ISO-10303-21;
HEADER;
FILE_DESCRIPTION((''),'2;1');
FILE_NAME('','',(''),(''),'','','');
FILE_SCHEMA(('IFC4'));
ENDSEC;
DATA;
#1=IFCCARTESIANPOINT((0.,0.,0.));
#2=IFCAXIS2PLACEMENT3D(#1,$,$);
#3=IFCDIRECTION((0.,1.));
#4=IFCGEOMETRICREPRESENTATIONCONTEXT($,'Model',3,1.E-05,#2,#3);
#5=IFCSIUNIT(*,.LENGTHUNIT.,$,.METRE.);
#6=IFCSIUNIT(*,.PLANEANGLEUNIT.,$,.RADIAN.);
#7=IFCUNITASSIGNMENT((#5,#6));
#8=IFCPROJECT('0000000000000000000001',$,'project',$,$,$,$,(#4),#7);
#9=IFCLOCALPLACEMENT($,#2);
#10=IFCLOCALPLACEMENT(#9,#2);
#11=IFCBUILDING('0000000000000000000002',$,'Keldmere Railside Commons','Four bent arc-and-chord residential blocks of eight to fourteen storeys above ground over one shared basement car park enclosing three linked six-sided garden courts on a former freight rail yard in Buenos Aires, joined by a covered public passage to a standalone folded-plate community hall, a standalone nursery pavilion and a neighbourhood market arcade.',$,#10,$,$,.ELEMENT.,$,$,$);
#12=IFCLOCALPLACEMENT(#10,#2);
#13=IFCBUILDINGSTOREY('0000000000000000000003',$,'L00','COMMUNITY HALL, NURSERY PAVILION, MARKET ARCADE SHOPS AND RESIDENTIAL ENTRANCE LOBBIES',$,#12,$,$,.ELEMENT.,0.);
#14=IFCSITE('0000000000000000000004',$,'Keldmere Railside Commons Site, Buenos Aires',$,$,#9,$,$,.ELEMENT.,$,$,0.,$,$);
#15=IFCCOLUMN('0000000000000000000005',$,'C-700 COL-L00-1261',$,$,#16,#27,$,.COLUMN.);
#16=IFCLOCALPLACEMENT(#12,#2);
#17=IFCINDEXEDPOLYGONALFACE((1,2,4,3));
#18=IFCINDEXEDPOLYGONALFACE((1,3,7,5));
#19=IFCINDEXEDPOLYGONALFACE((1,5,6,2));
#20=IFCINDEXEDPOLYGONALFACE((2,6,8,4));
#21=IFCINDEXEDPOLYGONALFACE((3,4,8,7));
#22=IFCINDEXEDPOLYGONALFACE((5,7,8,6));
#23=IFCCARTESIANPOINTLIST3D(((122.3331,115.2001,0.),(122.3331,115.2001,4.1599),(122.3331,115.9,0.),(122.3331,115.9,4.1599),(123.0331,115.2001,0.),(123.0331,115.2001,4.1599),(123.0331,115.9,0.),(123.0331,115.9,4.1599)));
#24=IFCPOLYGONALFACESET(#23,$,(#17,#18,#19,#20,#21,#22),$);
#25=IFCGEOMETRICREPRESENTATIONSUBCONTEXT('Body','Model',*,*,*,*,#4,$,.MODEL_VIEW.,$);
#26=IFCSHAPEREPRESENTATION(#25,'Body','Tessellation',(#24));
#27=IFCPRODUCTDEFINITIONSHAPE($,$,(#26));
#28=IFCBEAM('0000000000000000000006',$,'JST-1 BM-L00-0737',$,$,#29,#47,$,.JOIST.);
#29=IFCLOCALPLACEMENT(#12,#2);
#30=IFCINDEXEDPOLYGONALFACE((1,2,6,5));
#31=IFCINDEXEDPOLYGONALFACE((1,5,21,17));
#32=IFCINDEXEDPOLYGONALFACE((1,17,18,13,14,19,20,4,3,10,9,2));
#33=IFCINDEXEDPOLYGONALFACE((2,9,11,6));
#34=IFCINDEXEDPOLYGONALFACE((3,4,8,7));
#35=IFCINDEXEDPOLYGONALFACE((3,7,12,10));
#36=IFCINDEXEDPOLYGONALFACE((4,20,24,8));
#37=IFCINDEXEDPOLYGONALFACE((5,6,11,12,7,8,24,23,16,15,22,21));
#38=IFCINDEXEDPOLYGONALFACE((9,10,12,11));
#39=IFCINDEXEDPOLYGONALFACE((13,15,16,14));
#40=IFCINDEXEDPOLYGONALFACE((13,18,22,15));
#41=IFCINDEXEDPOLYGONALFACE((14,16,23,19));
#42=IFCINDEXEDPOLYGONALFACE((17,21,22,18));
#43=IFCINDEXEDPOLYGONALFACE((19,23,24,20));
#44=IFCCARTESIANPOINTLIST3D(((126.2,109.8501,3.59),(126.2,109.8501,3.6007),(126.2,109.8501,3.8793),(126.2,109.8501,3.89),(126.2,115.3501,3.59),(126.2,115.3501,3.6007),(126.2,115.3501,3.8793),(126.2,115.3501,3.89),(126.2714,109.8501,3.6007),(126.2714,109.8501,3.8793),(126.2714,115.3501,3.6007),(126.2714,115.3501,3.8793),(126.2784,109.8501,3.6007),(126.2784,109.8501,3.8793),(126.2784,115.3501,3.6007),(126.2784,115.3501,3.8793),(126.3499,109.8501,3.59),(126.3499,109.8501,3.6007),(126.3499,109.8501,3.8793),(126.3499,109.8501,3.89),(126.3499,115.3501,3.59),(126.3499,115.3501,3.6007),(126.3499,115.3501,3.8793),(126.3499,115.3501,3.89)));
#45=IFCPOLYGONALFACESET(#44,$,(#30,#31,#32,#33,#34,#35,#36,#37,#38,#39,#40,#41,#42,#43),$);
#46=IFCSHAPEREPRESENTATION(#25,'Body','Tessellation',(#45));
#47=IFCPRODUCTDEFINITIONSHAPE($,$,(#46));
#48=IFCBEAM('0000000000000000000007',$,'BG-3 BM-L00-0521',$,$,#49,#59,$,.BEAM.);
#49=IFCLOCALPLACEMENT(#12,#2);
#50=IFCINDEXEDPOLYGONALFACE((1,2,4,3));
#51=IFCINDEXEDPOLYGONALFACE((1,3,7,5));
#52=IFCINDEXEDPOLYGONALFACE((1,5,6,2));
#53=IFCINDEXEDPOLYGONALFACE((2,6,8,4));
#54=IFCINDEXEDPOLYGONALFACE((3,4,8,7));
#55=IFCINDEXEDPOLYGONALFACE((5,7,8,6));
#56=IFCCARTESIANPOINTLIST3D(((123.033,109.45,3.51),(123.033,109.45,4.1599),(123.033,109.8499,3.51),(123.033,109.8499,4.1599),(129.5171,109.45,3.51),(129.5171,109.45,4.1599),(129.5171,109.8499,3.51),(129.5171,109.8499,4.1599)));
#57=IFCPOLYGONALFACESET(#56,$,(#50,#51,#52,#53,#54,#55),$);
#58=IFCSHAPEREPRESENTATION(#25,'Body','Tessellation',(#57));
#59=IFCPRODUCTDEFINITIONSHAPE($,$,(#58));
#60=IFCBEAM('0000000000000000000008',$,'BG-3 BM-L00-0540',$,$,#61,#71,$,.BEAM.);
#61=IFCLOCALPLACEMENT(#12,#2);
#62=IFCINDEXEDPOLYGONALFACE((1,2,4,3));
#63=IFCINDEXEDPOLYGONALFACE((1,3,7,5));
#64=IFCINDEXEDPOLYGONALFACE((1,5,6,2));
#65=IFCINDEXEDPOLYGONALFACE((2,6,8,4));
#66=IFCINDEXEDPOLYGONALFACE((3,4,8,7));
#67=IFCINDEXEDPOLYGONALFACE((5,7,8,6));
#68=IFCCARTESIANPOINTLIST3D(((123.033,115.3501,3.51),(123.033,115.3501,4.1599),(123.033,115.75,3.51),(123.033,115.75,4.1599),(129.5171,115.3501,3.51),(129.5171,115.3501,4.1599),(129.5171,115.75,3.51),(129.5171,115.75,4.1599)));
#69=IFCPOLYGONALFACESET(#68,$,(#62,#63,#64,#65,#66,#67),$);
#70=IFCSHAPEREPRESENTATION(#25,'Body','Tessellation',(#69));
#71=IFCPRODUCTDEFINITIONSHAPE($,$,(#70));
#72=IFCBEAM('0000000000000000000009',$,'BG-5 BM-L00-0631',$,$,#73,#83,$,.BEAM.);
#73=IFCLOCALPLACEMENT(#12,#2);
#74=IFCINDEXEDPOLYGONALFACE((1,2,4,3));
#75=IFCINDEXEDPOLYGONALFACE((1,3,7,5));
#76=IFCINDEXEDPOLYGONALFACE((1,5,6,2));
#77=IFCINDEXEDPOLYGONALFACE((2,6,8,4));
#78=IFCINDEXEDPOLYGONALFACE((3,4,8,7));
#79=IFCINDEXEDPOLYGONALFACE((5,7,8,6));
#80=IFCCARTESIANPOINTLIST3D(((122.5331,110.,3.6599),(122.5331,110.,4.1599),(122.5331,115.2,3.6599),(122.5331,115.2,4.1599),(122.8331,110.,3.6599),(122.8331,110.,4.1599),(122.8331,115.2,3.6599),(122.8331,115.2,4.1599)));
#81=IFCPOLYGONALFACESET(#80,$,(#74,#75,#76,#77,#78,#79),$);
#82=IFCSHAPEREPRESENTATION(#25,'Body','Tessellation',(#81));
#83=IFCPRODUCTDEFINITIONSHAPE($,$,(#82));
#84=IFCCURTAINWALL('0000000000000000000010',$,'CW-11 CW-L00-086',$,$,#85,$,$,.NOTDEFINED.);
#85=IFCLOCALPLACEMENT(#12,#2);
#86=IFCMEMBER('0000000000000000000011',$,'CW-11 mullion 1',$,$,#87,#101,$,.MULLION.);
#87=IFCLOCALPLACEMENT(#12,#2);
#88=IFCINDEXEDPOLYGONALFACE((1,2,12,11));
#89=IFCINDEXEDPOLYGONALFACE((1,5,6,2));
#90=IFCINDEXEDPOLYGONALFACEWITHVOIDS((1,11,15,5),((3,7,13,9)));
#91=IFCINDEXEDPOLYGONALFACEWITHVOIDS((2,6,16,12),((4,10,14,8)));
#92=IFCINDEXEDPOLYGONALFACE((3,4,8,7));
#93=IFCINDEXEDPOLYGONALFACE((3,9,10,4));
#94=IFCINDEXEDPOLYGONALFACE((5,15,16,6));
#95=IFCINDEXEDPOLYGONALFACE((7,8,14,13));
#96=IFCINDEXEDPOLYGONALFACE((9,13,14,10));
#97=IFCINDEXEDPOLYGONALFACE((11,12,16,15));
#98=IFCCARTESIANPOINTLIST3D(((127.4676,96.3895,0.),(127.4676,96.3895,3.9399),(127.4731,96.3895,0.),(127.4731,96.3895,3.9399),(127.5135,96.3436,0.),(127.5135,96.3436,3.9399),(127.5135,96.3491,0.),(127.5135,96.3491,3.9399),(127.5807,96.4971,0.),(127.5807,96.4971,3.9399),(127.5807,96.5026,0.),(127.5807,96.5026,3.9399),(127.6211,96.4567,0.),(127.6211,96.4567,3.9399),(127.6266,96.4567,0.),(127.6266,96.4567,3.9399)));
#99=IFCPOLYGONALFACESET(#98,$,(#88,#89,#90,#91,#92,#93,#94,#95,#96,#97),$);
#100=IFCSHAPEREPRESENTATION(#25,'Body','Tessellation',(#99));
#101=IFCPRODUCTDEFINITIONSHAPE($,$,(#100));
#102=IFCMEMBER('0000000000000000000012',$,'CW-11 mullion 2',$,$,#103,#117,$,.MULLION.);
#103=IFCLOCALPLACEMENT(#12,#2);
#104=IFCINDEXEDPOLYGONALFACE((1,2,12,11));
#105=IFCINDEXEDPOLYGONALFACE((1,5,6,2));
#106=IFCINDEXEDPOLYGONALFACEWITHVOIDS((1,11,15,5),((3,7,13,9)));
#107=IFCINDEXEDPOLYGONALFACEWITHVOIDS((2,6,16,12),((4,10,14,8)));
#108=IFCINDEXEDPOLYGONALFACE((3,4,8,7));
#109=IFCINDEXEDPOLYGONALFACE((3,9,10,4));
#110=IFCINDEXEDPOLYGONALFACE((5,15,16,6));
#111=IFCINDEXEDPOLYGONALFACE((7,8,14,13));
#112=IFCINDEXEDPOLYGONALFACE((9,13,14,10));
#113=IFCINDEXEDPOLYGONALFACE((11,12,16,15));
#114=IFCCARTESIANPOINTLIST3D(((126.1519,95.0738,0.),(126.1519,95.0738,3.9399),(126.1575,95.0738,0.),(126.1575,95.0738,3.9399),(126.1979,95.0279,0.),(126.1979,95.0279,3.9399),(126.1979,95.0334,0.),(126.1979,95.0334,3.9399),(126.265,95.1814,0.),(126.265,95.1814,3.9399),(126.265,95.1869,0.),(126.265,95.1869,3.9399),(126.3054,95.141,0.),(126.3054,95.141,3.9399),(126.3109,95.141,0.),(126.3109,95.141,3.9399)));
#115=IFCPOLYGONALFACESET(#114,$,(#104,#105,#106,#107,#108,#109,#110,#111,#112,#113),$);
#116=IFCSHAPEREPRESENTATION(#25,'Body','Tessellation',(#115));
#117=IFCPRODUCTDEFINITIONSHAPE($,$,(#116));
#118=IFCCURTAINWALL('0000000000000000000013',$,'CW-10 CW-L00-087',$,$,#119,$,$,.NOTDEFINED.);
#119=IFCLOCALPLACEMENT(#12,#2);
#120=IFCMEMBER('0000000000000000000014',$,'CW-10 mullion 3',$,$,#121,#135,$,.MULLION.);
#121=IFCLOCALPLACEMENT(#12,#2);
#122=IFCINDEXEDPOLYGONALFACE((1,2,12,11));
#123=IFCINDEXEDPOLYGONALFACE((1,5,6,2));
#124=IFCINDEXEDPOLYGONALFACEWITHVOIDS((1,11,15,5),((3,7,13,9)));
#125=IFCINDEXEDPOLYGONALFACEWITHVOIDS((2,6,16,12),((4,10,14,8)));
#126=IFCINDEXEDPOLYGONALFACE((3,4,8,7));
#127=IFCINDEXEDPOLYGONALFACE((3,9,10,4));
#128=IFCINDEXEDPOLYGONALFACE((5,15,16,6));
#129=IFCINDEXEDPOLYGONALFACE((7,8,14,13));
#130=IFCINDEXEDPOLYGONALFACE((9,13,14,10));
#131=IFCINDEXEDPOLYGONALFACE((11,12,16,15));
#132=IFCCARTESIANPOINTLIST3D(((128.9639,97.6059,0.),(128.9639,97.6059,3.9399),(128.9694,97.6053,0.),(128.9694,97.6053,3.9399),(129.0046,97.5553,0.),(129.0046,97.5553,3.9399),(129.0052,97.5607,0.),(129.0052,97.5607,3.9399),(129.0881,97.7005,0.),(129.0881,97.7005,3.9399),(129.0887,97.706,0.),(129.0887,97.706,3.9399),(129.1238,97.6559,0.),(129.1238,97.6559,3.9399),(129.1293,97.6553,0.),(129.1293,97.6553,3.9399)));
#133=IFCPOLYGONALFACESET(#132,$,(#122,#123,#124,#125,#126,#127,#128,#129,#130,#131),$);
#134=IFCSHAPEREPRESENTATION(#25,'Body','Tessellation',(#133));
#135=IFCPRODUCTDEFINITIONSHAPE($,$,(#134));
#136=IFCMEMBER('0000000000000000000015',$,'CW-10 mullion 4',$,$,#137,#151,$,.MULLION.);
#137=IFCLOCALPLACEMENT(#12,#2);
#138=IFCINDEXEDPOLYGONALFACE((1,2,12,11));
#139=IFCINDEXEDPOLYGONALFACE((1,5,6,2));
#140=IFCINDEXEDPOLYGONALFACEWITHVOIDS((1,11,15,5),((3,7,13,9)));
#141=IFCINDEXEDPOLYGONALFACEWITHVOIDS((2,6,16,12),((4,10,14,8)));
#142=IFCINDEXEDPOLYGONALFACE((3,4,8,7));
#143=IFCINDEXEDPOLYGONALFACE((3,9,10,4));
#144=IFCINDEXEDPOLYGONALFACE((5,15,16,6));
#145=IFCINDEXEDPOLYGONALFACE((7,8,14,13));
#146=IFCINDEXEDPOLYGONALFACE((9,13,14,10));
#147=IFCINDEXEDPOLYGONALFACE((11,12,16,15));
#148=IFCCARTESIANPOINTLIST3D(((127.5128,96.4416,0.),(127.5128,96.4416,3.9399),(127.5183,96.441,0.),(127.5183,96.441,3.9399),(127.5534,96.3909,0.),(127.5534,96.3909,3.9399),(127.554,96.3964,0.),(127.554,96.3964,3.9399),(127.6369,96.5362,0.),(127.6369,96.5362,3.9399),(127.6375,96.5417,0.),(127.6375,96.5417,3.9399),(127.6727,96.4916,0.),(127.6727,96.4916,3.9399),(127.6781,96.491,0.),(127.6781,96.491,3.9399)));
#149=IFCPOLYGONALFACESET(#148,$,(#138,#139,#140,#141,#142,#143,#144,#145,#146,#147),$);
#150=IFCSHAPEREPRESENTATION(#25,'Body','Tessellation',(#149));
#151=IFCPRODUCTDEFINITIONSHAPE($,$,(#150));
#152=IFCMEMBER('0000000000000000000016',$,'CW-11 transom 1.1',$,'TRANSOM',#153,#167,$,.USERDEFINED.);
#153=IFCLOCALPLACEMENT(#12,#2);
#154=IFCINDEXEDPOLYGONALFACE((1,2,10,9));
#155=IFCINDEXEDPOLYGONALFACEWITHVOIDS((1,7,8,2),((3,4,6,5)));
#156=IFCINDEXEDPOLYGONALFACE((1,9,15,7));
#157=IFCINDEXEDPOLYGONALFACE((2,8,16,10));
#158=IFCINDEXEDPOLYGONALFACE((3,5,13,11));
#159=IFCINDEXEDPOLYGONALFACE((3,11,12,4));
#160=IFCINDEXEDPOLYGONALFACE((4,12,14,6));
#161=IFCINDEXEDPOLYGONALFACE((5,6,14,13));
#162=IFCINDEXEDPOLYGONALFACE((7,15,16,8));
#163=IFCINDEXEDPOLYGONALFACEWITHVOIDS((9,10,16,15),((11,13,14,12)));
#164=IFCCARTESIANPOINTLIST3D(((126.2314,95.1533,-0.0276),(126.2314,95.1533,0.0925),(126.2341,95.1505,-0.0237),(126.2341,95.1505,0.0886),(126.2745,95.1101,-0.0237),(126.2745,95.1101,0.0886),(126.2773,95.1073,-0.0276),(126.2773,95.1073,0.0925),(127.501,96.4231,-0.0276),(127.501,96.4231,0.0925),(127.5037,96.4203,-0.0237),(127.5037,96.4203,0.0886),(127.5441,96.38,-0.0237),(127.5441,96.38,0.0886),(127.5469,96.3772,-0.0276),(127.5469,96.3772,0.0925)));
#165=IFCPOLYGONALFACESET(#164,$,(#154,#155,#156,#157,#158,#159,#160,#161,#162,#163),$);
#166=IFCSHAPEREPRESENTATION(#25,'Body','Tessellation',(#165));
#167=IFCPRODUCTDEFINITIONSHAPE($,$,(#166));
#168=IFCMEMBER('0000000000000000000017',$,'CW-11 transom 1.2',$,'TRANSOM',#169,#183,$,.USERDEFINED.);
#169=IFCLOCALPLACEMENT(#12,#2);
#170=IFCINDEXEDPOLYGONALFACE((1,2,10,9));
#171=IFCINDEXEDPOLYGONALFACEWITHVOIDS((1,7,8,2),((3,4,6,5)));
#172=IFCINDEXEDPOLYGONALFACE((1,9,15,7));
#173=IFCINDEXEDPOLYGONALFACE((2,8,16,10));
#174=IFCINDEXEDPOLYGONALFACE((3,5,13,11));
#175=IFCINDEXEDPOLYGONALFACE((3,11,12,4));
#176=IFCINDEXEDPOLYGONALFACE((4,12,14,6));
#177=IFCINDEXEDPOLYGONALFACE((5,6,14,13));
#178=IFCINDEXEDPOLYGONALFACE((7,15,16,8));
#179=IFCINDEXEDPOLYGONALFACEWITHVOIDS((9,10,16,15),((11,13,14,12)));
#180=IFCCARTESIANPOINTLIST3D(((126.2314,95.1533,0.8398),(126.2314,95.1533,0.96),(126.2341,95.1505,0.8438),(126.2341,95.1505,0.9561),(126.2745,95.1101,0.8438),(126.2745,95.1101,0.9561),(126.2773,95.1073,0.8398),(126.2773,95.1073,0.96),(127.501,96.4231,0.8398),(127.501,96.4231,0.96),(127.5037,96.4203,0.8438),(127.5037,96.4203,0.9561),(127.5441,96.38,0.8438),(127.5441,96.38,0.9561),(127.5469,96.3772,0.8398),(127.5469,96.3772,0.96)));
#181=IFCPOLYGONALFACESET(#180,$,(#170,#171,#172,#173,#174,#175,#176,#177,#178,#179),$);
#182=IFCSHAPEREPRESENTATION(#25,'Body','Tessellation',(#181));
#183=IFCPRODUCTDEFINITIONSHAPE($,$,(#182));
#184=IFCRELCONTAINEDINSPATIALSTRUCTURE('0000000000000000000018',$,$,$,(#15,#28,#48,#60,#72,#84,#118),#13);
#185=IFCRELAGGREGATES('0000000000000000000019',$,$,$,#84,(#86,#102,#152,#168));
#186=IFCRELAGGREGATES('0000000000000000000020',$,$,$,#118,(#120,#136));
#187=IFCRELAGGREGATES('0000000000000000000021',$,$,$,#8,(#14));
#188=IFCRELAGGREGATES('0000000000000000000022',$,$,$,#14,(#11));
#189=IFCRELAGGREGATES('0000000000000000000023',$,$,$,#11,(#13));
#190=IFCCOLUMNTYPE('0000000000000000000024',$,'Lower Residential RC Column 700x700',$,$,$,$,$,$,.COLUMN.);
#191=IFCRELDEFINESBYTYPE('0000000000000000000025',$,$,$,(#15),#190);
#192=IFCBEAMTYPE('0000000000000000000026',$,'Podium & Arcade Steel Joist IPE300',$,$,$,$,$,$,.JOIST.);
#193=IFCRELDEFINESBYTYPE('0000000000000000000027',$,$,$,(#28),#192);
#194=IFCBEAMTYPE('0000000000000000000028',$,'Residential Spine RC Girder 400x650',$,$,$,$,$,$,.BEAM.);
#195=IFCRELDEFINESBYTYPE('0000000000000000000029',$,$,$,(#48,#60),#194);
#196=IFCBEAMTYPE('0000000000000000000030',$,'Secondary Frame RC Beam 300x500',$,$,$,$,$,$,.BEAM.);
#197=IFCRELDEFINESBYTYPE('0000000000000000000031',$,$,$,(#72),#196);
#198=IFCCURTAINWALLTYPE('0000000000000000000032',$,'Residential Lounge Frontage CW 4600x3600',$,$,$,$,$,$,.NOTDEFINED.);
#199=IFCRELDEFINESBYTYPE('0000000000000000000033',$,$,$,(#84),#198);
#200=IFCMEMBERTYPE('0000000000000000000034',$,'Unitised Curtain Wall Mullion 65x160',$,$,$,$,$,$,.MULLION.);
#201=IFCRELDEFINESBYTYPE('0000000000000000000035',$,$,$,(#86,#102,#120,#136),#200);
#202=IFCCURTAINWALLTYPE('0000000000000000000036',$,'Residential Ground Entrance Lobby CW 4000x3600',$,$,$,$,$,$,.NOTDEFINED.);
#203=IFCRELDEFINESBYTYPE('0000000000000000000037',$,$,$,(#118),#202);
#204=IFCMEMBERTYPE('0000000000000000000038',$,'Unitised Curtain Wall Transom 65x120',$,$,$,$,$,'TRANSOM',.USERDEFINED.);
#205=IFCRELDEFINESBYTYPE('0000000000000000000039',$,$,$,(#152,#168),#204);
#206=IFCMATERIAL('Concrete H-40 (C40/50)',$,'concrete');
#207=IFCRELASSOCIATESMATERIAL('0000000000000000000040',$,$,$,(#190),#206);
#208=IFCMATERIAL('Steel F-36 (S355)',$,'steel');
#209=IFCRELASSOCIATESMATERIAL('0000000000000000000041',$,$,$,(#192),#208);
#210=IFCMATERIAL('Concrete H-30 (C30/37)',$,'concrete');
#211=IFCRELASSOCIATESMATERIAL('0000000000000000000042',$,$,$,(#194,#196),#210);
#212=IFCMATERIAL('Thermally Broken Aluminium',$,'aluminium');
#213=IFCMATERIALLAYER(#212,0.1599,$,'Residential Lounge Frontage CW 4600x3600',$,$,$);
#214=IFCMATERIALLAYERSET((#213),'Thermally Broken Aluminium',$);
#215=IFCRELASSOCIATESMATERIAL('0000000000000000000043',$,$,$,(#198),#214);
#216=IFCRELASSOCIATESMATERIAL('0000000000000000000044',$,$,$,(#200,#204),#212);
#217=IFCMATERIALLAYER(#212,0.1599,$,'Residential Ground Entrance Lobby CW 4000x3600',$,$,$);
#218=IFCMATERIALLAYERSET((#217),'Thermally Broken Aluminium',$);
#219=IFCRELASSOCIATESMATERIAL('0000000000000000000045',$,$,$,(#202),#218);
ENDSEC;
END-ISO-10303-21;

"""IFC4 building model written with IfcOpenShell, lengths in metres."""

from ifc_helpers import new_model, si_unit, direction, frame, origin, origin_2d, place, context, subcontext, project, spatial, rectangle, hollow_rectangle, i_section, extrude, material, layer, layer_set, material_profile, profile_set, type_object, element, aggregate, save


model = new_model("IFC4")

# Units and contexts
model_context = context("Model", 3, precision=1e-05, world=origin(), true_north=direction((0.0, 1.0)))
body_context = subcontext(model_context, "Body", "Model", "MODEL_VIEW")
ifc_project = project(units=[si_unit("LENGTHUNIT", "METRE"), si_unit("PLANEANGLEUNIT", "RADIAN")], contexts=[model_context])

# Site, building, storey
site_placement = place(None, origin())
site = spatial("IfcSite", under=ifc_project, at=site_placement, Name="Keldmere Railside Commons Site, Buenos Aires", CompositionType="ELEMENT", RefElevation=0.0)
building_placement = place(site_placement, origin())
building = spatial("IfcBuilding", under=site, at=building_placement, Name="Keldmere Railside Commons", Description="Four bent arc-and-chord residential blocks of eight to fourteen storeys above ground over one shared basement car park enclosing three linked six-sided garden courts on a former freight rail yard in Buenos Aires, joined by a covered public passage to a standalone folded-plate community hall, a standalone nursery pavilion and a neighbourhood market arcade.", CompositionType="ELEMENT")
storey_placement = place(building_placement, origin())
storey = spatial("IfcBuildingStorey", under=building, at=storey_placement, Name="L00", Description="COMMUNITY HALL, NURSERY PAVILION, MARKET ARCADE SHOPS AND RESIDENTIAL ENTRANCE LOBBIES", CompositionType="ELEMENT", Elevation=0.0)

# Column
ifc_material_1 = material(Name="Concrete H-40 (C40/50)", Category="concrete")
ifc_material_profile_1 = material_profile(ifc_material_1, rectangle(XDim=0.7, YDim=0.7, at=origin_2d()), Name="RC-700x700")
ifc_profile_set_1 = profile_set([ifc_material_profile_1], Name="Concrete H-40 (C40/50)")
column_type = type_object("IfcColumnType", Name="Lower Residential RC Column 700x700", PredefinedType="COLUMN", material=ifc_profile_set_1)
column_placement = place(storey_placement, frame((122.6831, 115.55, 0.0), z_axis=(0.0, 0.0, 1.0), x_axis=(1.0, 0.0, 0.0)))
element("IfcColumn", 1, at=column_placement, inside=storey, type_object=column_type, Name="C-700 COL-L00-1261", PredefinedType="COLUMN", context=body_context, shape_type="SweptSolid", body=[
    extrude(rectangle(XDim=0.7, YDim=0.7, at=origin_2d()), origin(), (0.0, 0.0, 1.0), 4.1599),
])

# Beams
ifc_material_2 = material(Name="Steel F-36 (S355)", Category="steel")
ifc_material_profile_2 = material_profile(ifc_material_2, i_section(OverallWidth=0.1499, OverallDepth=0.3, WebThickness=0.0071, FlangeThickness=0.0107, at=origin_2d()), Name="IPE-300")
ifc_profile_set_2 = profile_set([ifc_material_profile_2], Name="Steel F-36 (S355)")
beam_type_1 = type_object("IfcBeamType", Name="Podium & Arcade Steel Joist IPE300", PredefinedType="JOIST", material=ifc_profile_set_2)
beam_1_placement = place(storey_placement, frame((126.2749, 109.8501, 3.74), z_axis=(0.0, 1.0, 0.0), x_axis=(-1.0, 0.0, 0.0)))
element("IfcBeam", 2, at=beam_1_placement, inside=storey, type_object=beam_type_1, Name="JST-1 BM-L00-0737", PredefinedType="JOIST", context=body_context, shape_type="SweptSolid", body=[
    extrude(i_section(OverallWidth=0.1499, OverallDepth=0.3, WebThickness=0.0071, FlangeThickness=0.0107, at=origin_2d()), origin(), (0.0, 0.0, 1.0), 5.5),
])
ifc_material_3 = material(Name="Concrete H-30 (C30/37)", Category="concrete")
ifc_material_profile_3 = material_profile(ifc_material_3, rectangle(XDim=0.3999, YDim=0.6499, at=origin_2d()), Name="RC-400x650")
ifc_profile_set_3 = profile_set([ifc_material_profile_3], Name="Concrete H-30 (C30/37)")
beam_type_2 = type_object("IfcBeamType", Name="Residential Spine RC Girder 400x650", PredefinedType="BEAM", material=ifc_profile_set_3)
for number, where, z_axis, x_axis, name in (
    (3, (123.033, 109.6499, 3.835), (1.0, 0.0, 0.0), (0.0, 1.0, 0.0), "BG-3 BM-L00-0521"),
    (4, (123.033, 115.55, 3.835), (1.0, 0.0, 0.0), (0.0, 1.0, 0.0), "BG-3 BM-L00-0540"),
):
    element("IfcBeam", number, at=place(storey_placement, frame(where, z_axis=z_axis, x_axis=x_axis)), inside=storey, type_object=beam_type_2, Name=name, PredefinedType="BEAM", context=body_context, shape_type="SweptSolid", body=[
        extrude(rectangle(XDim=0.3999, YDim=0.6499, at=origin_2d()), origin(), (0.0, 0.0, 1.0), 6.4841),
    ])
ifc_material_profile_4 = material_profile(ifc_material_3, rectangle(XDim=0.3, YDim=0.5, at=origin_2d()), Name="RC-300x500")
ifc_profile_set_4 = profile_set([ifc_material_profile_4], Name="Concrete H-30 (C30/37)")
beam_type_3 = type_object("IfcBeamType", Name="Secondary Frame RC Beam 300x500", PredefinedType="BEAM", material=ifc_profile_set_4)
beam_2_placement = place(storey_placement, frame((122.6831, 110.0, 3.9099), z_axis=(0.0, 1.0, 0.0), x_axis=(-1.0, 0.0, 0.0)))
element("IfcBeam", 5, at=beam_2_placement, inside=storey, type_object=beam_type_3, Name="BG-5 BM-L00-0631", PredefinedType="BEAM", context=body_context, shape_type="SweptSolid", body=[
    extrude(rectangle(XDim=0.3, YDim=0.5, at=origin_2d()), origin(), (0.0, 0.0, 1.0), 5.2),
])

# Curtain walls, members
ifc_material_4 = material(Name="Thermally Broken Aluminium", Category="aluminium")
ifc_layer_1 = layer(ifc_material_4, 0.1599, Name="Residential Lounge Frontage CW 4600x3600")
ifc_layer_set_1 = layer_set([ifc_layer_1], Name="Thermally Broken Aluminium")
curtain_wall_type_1 = type_object("IfcCurtainWallType", Name="Residential Lounge Frontage CW 4600x3600", PredefinedType="NOTDEFINED", material=ifc_layer_set_1)
curtain_wall_1_placement = place(storey_placement, origin())
curtain_wall_1 = element("IfcCurtainWall", 6, at=curtain_wall_1_placement, inside=storey, type_object=curtain_wall_type_1, Name="CW-11 CW-L00-086", PredefinedType="NOTDEFINED")
ifc_material_profile_5 = material_profile(ifc_material_4, hollow_rectangle(XDim=0.0649, YDim=0.1599, WallThickness=0.0039, at=origin_2d()), Name="ALU-MULL-65x160")
ifc_profile_set_5 = profile_set([ifc_material_profile_5], Name="Thermally Broken Aluminium")
member_type_1 = type_object("IfcMemberType", Name="Unitised Curtain Wall Mullion 65x160", PredefinedType="MULLION", material=ifc_profile_set_5)
member_1_placement = place(storey_placement, frame((127.5471, 96.4231, 0.0), z_axis=(0.0, 0.0, 1.0), x_axis=(0.707107, -0.707107, 0.0)))
member_1 = element("IfcMember", 7, at=member_1_placement, type_object=member_type_1, Name="CW-11 mullion 1", PredefinedType="MULLION", context=body_context, shape_type="SweptSolid", body=[
    extrude(hollow_rectangle(XDim=0.0649, YDim=0.1599, WallThickness=0.0039, at=origin_2d()), origin(), (0.0, 0.0, 1.0), 3.9399),
])
member_2_placement = place(storey_placement, frame((126.2314, 95.1074, 0.0), z_axis=(0.0, 0.0, 1.0), x_axis=(0.707107, -0.707107, 0.0)))
member_2 = element("IfcMember", 8, at=member_2_placement, type_object=member_type_1, Name="CW-11 mullion 2", PredefinedType="MULLION", context=body_context, shape_type="SweptSolid", body=[
    extrude(hollow_rectangle(XDim=0.0649, YDim=0.1599, WallThickness=0.0039, at=origin_2d()), origin(), (0.0, 0.0, 1.0), 3.9399),
])
ifc_layer_2 = layer(ifc_material_4, 0.1599, Name="Residential Ground Entrance Lobby CW 4000x3600")
ifc_layer_set_2 = layer_set([ifc_layer_2], Name="Thermally Broken Aluminium")
curtain_wall_type_2 = type_object("IfcCurtainWallType", Name="Residential Ground Entrance Lobby CW 4000x3600", PredefinedType="NOTDEFINED", material=ifc_layer_set_2)
curtain_wall_2_placement = place(storey_placement, origin())
curtain_wall_2 = element("IfcCurtainWall", 9, at=curtain_wall_2_placement, inside=storey, type_object=curtain_wall_type_2, Name="CW-10 CW-L00-087", PredefinedType="NOTDEFINED")
member_3_placement = place(storey_placement, frame((129.0466, 97.6306, 0.0), z_axis=(0.0, 0.0, 1.0), x_axis=(0.625768, -0.780009, 0.0)))
member_3 = element("IfcMember", 10, at=member_3_placement, type_object=member_type_1, Name="CW-10 mullion 3", PredefinedType="MULLION", context=body_context, shape_type="SweptSolid", body=[
    extrude(hollow_rectangle(XDim=0.0649, YDim=0.1599, WallThickness=0.0039, at=origin_2d()), origin(), (0.0, 0.0, 1.0), 3.9399),
])
member_4_placement = place(storey_placement, frame((127.5955, 96.4663, 0.0), z_axis=(0.0, 0.0, 1.0), x_axis=(0.625768, -0.780009, 0.0)))
member_4 = element("IfcMember", 11, at=member_4_placement, type_object=member_type_1, Name="CW-10 mullion 4", PredefinedType="MULLION", context=body_context, shape_type="SweptSolid", body=[
    extrude(hollow_rectangle(XDim=0.0649, YDim=0.1599, WallThickness=0.0039, at=origin_2d()), origin(), (0.0, 0.0, 1.0), 3.9399),
])

# Members
ifc_material_profile_6 = material_profile(ifc_material_4, hollow_rectangle(XDim=0.0649, YDim=0.1201, WallThickness=0.0039, at=origin_2d()), Name="ALU-TRAN-65x120")
ifc_profile_set_6 = profile_set([ifc_material_profile_6], Name="Thermally Broken Aluminium")
member_type_2 = type_object("IfcMemberType", Name="Unitised Curtain Wall Transom 65x120", ElementType="TRANSOM", PredefinedType="USERDEFINED", material=ifc_profile_set_6)
member_5_placement = place(storey_placement, frame((127.5239, 96.4001, 0.0325), z_axis=(-0.707039, -0.707175, 0.0), x_axis=(0.707175, -0.707039, 0.0)))
member_5 = element("IfcMember", 12, at=member_5_placement, type_object=member_type_2, Name="CW-11 transom 1.1", ObjectType="TRANSOM", PredefinedType="USERDEFINED", context=body_context, shape_type="SweptSolid", body=[
    extrude(hollow_rectangle(XDim=0.0649, YDim=0.1201, WallThickness=0.0039, at=origin_2d()), origin(), (0.0, 0.0, 1.0), 1.7957),
])
member_6_placement = place(storey_placement, frame((127.5239, 96.4001, 0.8999), z_axis=(-0.707039, -0.707175, 0.0), x_axis=(0.707175, -0.707039, 0.0)))
member_6 = element("IfcMember", 13, at=member_6_placement, type_object=member_type_2, Name="CW-11 transom 1.2", ObjectType="TRANSOM", PredefinedType="USERDEFINED", context=body_context, shape_type="SweptSolid", body=[
    extrude(hollow_rectangle(XDim=0.0649, YDim=0.1201, WallThickness=0.0039, at=origin_2d()), origin(), (0.0, 0.0, 1.0), 1.7957),
])

aggregate(curtain_wall_1, [member_1, member_2, member_5, member_6])
aggregate(curtain_wall_2, [member_3, member_4])

save(model, "model.ifc")
